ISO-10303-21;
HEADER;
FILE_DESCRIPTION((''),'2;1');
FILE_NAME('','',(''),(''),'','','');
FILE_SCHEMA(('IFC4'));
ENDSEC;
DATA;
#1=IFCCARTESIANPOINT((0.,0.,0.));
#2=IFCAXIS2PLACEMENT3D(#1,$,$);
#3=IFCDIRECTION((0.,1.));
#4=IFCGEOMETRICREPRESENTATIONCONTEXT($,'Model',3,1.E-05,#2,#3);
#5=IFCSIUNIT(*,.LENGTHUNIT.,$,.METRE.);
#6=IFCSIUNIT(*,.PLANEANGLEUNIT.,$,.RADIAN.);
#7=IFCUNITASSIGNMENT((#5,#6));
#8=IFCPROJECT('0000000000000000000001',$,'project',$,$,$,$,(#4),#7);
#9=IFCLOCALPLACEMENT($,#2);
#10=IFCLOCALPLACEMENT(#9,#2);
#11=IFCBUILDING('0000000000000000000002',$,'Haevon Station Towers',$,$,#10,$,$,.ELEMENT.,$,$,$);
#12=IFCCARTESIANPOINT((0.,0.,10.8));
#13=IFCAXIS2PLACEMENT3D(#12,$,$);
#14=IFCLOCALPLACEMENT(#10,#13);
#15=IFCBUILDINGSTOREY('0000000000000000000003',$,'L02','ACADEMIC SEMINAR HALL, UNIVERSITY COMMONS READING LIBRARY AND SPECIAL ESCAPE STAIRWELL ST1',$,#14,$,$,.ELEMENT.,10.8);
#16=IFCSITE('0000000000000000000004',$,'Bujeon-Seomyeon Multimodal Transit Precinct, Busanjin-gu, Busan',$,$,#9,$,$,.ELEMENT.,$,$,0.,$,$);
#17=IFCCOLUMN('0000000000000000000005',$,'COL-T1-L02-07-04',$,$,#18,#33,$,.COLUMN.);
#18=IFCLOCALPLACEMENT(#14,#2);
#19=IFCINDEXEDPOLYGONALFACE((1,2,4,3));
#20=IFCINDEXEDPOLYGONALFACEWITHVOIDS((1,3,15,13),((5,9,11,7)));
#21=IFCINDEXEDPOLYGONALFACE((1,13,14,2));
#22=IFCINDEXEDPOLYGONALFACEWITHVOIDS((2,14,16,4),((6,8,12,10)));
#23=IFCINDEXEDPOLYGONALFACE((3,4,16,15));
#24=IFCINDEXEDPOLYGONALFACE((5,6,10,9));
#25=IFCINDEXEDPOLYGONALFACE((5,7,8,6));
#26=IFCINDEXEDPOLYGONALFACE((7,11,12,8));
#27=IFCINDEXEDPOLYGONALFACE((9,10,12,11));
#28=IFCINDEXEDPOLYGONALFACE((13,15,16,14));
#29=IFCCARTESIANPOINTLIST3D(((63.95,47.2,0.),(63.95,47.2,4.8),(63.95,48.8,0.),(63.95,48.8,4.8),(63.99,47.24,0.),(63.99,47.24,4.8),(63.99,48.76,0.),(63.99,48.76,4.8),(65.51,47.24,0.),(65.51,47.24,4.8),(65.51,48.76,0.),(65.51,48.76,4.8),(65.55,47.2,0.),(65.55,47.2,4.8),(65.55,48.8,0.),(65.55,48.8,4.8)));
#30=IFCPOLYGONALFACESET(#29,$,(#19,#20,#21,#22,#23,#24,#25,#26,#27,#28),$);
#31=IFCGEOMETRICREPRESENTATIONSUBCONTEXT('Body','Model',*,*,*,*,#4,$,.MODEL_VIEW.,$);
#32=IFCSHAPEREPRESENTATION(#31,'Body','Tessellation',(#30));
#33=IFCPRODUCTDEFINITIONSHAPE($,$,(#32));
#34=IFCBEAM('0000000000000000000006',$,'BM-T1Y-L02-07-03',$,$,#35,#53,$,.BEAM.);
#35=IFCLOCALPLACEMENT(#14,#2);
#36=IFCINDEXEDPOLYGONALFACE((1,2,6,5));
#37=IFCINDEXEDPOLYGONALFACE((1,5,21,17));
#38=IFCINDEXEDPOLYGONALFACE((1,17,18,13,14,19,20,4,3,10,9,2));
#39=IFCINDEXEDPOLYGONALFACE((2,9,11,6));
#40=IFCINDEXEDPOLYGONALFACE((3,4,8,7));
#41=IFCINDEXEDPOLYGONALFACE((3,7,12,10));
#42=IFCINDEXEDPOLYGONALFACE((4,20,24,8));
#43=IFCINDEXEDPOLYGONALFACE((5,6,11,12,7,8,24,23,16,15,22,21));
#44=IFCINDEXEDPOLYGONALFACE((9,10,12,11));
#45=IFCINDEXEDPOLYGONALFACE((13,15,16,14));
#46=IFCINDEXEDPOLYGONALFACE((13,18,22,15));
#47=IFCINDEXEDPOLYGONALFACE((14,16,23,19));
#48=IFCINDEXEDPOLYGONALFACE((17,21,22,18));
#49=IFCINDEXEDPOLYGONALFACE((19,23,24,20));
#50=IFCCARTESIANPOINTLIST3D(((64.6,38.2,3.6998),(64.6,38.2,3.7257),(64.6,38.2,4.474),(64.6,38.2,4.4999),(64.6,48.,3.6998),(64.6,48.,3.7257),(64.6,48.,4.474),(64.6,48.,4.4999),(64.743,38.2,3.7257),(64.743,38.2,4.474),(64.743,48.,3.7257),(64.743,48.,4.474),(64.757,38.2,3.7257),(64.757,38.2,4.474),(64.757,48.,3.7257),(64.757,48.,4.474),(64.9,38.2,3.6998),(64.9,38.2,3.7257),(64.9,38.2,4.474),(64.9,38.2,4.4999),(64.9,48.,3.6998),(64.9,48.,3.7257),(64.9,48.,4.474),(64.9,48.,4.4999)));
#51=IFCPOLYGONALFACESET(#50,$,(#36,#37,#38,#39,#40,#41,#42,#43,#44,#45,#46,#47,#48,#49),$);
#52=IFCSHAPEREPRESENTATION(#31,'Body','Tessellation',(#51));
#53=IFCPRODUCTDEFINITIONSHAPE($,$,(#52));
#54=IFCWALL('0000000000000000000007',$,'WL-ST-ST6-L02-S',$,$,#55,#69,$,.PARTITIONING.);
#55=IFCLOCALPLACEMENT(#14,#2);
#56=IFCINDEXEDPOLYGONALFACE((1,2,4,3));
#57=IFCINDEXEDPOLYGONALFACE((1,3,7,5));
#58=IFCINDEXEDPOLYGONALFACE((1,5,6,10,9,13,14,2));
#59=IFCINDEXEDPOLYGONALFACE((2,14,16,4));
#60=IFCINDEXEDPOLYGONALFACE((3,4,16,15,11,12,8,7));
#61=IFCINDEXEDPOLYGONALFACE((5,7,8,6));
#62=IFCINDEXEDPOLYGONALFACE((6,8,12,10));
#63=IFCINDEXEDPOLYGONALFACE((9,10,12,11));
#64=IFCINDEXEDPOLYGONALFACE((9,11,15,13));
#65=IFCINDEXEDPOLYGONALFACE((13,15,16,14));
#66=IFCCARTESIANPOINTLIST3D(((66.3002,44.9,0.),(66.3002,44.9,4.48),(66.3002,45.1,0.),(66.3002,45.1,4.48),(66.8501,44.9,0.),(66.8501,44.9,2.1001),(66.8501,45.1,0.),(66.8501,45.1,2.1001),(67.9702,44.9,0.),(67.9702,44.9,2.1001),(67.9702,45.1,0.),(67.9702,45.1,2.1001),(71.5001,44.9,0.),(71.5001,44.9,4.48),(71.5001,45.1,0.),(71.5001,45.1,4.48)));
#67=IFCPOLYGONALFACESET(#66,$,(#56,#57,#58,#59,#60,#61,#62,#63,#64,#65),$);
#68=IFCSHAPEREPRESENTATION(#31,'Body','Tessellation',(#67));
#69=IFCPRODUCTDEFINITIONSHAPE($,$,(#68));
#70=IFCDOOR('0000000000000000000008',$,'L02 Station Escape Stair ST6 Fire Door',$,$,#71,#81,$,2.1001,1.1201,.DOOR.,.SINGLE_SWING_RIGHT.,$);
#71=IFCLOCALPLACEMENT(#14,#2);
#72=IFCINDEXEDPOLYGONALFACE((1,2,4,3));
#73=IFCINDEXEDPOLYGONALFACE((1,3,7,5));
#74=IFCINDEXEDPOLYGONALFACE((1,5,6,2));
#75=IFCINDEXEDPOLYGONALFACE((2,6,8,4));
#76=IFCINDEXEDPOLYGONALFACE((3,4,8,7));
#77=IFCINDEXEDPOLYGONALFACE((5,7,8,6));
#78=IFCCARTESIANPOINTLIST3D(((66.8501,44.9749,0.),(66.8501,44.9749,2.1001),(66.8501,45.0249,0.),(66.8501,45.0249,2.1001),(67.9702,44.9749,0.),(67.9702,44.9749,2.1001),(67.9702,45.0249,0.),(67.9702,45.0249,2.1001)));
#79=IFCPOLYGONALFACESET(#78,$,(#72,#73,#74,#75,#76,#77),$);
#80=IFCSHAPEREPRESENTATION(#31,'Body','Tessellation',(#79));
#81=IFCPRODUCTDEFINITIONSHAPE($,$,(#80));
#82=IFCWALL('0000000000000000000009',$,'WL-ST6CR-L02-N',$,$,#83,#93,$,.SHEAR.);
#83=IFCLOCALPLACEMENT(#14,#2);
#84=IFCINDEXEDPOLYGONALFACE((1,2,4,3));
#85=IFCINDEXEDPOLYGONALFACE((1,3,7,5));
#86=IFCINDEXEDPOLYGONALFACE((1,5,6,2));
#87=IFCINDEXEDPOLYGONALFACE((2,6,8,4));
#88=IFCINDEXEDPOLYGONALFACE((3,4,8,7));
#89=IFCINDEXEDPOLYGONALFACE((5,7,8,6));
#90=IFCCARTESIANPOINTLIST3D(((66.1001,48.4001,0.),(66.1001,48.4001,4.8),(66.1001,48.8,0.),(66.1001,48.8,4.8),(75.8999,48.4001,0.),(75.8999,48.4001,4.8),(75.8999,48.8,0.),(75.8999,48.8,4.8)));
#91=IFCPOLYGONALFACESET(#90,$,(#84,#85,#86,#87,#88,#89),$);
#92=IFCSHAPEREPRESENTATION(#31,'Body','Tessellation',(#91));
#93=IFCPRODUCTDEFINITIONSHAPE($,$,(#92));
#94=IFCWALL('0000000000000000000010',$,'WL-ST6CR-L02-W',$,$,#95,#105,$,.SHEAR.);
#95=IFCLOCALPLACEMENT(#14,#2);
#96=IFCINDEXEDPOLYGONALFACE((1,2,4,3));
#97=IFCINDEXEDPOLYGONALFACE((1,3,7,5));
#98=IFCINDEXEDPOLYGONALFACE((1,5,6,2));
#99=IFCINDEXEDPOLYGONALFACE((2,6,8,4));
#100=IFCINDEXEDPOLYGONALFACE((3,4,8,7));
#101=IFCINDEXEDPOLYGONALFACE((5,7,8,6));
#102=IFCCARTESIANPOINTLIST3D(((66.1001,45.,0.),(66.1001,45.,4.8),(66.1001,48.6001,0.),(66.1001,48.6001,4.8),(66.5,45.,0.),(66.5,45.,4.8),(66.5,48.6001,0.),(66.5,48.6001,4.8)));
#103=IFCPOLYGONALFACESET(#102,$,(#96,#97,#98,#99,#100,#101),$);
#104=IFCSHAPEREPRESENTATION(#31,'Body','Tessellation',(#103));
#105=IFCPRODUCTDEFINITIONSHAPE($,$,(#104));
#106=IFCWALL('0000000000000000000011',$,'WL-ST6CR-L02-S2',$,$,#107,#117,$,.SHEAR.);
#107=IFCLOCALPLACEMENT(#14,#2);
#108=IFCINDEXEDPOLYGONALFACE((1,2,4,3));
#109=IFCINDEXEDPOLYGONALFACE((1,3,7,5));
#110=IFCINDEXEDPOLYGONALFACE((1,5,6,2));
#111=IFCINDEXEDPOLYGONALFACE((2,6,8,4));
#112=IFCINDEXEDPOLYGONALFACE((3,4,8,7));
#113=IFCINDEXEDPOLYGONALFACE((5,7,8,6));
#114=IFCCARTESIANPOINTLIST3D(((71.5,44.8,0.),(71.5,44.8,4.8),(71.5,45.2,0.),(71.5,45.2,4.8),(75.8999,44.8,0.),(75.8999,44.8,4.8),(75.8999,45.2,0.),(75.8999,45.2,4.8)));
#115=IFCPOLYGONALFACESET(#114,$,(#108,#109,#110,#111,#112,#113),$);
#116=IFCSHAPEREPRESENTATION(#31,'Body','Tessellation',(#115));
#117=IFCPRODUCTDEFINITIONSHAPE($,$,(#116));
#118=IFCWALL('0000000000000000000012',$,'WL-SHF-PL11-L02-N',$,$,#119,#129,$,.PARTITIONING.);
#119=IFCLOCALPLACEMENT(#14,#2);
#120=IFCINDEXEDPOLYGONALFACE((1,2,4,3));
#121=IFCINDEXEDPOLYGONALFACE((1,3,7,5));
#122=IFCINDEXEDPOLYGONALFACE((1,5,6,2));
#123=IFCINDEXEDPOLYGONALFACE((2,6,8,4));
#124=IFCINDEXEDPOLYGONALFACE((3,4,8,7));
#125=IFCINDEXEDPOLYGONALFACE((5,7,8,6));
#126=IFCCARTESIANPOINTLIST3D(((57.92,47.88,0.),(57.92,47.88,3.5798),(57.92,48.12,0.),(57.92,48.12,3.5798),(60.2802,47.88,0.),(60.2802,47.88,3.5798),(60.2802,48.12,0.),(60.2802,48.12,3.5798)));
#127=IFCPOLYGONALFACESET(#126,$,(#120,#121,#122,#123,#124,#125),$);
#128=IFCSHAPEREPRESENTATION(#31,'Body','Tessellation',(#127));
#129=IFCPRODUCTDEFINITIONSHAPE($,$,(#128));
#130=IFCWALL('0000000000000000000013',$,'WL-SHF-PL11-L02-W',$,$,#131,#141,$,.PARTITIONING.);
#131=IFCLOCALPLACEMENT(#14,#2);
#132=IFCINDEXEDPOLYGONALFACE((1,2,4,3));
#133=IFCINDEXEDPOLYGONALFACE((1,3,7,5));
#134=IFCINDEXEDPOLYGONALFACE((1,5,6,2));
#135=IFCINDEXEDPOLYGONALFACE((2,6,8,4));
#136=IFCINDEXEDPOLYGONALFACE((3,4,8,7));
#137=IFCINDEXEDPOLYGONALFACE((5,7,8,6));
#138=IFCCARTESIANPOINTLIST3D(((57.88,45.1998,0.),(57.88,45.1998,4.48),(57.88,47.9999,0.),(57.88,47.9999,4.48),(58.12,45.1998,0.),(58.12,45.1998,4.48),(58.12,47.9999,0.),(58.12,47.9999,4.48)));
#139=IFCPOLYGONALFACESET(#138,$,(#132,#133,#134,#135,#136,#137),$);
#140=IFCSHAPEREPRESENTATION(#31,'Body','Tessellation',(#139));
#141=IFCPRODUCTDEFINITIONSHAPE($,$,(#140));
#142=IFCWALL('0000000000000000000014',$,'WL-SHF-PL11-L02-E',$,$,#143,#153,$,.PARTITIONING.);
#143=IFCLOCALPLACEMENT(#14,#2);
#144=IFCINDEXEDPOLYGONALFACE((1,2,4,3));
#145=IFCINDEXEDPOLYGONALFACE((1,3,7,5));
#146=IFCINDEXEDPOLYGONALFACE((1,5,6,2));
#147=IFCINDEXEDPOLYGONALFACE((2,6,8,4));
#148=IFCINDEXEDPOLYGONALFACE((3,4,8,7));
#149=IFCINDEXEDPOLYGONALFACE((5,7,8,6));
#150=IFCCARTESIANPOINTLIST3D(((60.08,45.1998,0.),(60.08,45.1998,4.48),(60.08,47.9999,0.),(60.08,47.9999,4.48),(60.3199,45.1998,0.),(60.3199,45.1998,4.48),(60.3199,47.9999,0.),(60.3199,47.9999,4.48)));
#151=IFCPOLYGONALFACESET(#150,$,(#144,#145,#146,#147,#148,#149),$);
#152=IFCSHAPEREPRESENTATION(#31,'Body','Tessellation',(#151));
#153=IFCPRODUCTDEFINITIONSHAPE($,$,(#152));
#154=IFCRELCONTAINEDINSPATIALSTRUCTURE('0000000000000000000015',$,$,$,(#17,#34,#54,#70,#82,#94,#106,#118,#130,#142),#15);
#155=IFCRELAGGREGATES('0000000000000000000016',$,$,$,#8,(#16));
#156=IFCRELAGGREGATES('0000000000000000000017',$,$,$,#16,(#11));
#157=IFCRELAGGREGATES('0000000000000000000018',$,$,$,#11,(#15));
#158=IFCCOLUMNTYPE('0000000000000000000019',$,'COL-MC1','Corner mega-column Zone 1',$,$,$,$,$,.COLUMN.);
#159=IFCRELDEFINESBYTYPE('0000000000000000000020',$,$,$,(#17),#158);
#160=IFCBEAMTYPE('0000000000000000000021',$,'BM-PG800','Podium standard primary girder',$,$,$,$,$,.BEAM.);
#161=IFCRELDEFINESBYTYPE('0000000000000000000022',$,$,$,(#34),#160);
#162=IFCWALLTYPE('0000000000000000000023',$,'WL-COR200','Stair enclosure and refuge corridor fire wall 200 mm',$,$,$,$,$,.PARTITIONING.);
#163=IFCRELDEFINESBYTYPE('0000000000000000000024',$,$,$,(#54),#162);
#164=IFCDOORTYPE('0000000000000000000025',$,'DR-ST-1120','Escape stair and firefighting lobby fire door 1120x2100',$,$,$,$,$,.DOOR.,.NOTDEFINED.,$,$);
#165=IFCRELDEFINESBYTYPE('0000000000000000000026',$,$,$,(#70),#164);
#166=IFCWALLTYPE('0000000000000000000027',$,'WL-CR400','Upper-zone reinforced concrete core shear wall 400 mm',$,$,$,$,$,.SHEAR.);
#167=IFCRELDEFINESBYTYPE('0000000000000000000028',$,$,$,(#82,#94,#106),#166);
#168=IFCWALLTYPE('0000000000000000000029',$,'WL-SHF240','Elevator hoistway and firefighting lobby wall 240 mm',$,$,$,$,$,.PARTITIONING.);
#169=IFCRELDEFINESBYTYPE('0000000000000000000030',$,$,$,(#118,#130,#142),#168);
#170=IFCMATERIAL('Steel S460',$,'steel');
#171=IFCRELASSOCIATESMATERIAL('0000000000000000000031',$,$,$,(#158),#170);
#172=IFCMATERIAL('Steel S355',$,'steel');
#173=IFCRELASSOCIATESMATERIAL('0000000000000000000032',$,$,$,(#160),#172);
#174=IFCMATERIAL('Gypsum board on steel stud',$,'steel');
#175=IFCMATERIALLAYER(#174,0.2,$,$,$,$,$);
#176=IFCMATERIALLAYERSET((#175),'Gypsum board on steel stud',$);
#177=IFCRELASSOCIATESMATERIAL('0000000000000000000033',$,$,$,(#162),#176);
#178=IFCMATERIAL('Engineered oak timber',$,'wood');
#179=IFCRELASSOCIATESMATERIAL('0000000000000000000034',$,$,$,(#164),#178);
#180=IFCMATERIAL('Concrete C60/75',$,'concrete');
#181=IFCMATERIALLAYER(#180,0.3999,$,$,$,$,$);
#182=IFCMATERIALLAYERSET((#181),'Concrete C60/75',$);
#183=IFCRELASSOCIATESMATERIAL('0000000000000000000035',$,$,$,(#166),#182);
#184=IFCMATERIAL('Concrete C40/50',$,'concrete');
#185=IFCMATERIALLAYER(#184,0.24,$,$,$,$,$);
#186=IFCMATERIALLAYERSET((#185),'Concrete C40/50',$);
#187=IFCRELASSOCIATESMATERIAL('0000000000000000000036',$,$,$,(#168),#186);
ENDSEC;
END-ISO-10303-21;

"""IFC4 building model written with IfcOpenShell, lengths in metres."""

from ifc_helpers import new_model, si_unit, direction, frame, frame_2d, origin, origin_2d, place, context, subcontext, project, spatial, rectangle, hollow_rectangle, i_section, extrude, material, layer, layer_set, material_profile, profile_set, type_object, element, fill, save


model = new_model("IFC4")

# Units and contexts
model_context = context("Model", 3, precision=1e-05, world=origin(), true_north=direction((0.0, 1.0)))
body_context = subcontext(model_context, "Body", "Model", "MODEL_VIEW")
ifc_project = project(units=[si_unit("LENGTHUNIT", "METRE"), si_unit("PLANEANGLEUNIT", "RADIAN")], contexts=[model_context])

# Site, building, storey
site_placement = place(None, origin())
site = spatial("IfcSite", under=ifc_project, at=site_placement, Name="Bujeon-Seomyeon Multimodal Transit Precinct, Busanjin-gu, Busan", CompositionType="ELEMENT", RefElevation=0.0)
building_placement = place(site_placement, origin())
building = spatial("IfcBuilding", under=site, at=building_placement, Name="Haevon Station Towers", CompositionType="ELEMENT")
storey_placement = place(building_placement, frame((0.0, 0.0, 10.8)))
storey = spatial("IfcBuildingStorey", under=building, at=storey_placement, Name="L02", Description="ACADEMIC SEMINAR HALL, UNIVERSITY COMMONS READING LIBRARY AND SPECIAL ESCAPE STAIRWELL ST1", CompositionType="ELEMENT", Elevation=10.8)

# Column
ifc_material_1 = material(Name="Steel S460", Category="steel")
ifc_material_profile_1 = material_profile(ifc_material_1, hollow_rectangle(XDim=1.6001, YDim=1.6001, WallThickness=0.04, at=origin_2d()), Name="BOX-1600x1600x40")
ifc_profile_set_1 = profile_set([ifc_material_profile_1], Name="Steel S460")
column_type = type_object("IfcColumnType", Name="COL-MC1", Description="Corner mega-column Zone 1", PredefinedType="COLUMN", material=ifc_profile_set_1)
column_placement = place(storey_placement, frame((64.75, 48.0, 0.0), z_axis=(0.0, 0.0, 1.0), x_axis=(1.0, 0.0, 0.0)))
element("IfcColumn", 1, at=column_placement, inside=storey, type_object=column_type, Name="COL-T1-L02-07-04", PredefinedType="COLUMN", context=body_context, shape_type="SweptSolid", body=[
    extrude(hollow_rectangle(XDim=1.6001, YDim=1.6001, WallThickness=0.04, at=origin_2d()), origin(), (0.0, 0.0, 1.0), 4.8),
])

# Beam
ifc_material_2 = material(Name="Steel S355", Category="steel")
ifc_material_profile_2 = material_profile(ifc_material_2, i_section(OverallWidth=0.3, OverallDepth=0.8, WebThickness=0.0139, FlangeThickness=0.0259, at=origin_2d()), Name="H-800x300x14x26")
ifc_profile_set_2 = profile_set([ifc_material_profile_2], Name="Steel S355")
beam_type = type_object("IfcBeamType", Name="BM-PG800", Description="Podium standard primary girder", PredefinedType="BEAM", material=ifc_profile_set_2)
beam_placement = place(storey_placement, frame((64.75, 38.2, 4.0999), z_axis=(0.0, 1.0, 0.0), x_axis=(-1.0, 0.0, 0.0)))
element("IfcBeam", 2, at=beam_placement, inside=storey, type_object=beam_type, Name="BM-T1Y-L02-07-03", PredefinedType="BEAM", context=body_context, shape_type="SweptSolid", body=[
    extrude(i_section(OverallWidth=0.3, OverallDepth=0.8, WebThickness=0.0139, FlangeThickness=0.0259, at=origin_2d()), origin(), (0.0, 0.0, 1.0), 9.8),
])

# Wall, opening, door
ifc_material_3 = material(Name="Gypsum board on steel stud", Category="steel")
ifc_layer_1 = layer(ifc_material_3, 0.2)
ifc_layer_set_1 = layer_set([ifc_layer_1], Name="Gypsum board on steel stud")
wall_type_1 = type_object("IfcWallType", Name="WL-COR200", Description="Stair enclosure and refuge corridor fire wall 200 mm", PredefinedType="PARTITIONING", material=ifc_layer_set_1)
wall_1_placement = place(storey_placement, frame((66.3, 45.0, 0.0), z_axis=(0.0, 0.0, 1.0), x_axis=(1.0, 0.0, 0.0)))
wall_1 = element("IfcWall", 3, at=wall_1_placement, inside=storey, type_object=wall_type_1, Name="WL-ST-ST6-L02-S", PredefinedType="PARTITIONING", context=body_context, shape_type="SweptSolid", body=[
    extrude(rectangle(XDim=5.2, YDim=0.2, at=frame_2d((2.6001, 0.0))), origin(), (0.0, 0.0, 1.0), 4.48),
])
opening_1_placement = place(wall_1_placement, frame((0.55, 0.0, 0.0)))
opening_1 = element("IfcOpeningElement", 4, at=opening_1_placement, cuts=wall_1, PredefinedType="OPENING", context=body_context, shape_type="SweptSolid", body=[
    extrude(rectangle(XDim=1.1201, YDim=2.1001, at=frame_2d((0.5601, 1.05))), frame((0.0, 0.1099, 0.0), z_axis=(0.0, -1.0, 0.0), x_axis=(1.0, 0.0, 0.0)), (0.0, 0.0, 1.0), 0.22),
])
ifc_material_4 = material(Name="Engineered oak timber", Category="wood")
door_type_1 = type_object("IfcDoorType", Name="DR-ST-1120", Description="Escape stair and firefighting lobby fire door 1120x2100", OperationType="NOTDEFINED", PredefinedType="DOOR", material=ifc_material_4)
door_1_placement = place(opening_1_placement, origin())
door_1 = element("IfcDoor", 5, at=door_1_placement, inside=storey, type_object=door_type_1, Name="L02 Station Escape Stair ST6 Fire Door", OperationType="SINGLE_SWING_RIGHT", OverallHeight=2.1001, OverallWidth=1.1201, PredefinedType="DOOR", context=body_context, shape_type="SweptSolid", body=[
    extrude(rectangle(XDim=1.1201, YDim=2.1001, at=frame_2d((0.5601, 1.05))), frame((0.0, 0.0249, 0.0), z_axis=(0.0, -1.0, 0.0), x_axis=(1.0, 0.0, 0.0)), (0.0, 0.0, 1.0), 0.05),
])
fill(opening_1, door_1)

# Walls
ifc_material_5 = material(Name="Concrete C60/75", Category="concrete")
ifc_layer_2 = layer(ifc_material_5, 0.3999)
ifc_layer_set_2 = layer_set([ifc_layer_2], Name="Concrete C60/75")
wall_type_2 = type_object("IfcWallType", Name="WL-CR400", Description="Upper-zone reinforced concrete core shear wall 400 mm", PredefinedType="SHEAR", material=ifc_layer_set_2)
wall_2_placement = place(storey_placement, frame((66.1001, 48.6001, 0.0), z_axis=(0.0, 0.0, 1.0), x_axis=(1.0, 0.0, 0.0)))
element("IfcWall", 6, at=wall_2_placement, inside=storey, type_object=wall_type_2, Name="WL-ST6CR-L02-N", PredefinedType="SHEAR", context=body_context, shape_type="SweptSolid", body=[
    extrude(rectangle(XDim=9.7998, YDim=0.3999, at=frame_2d((4.8999, 0.0))), origin(), (0.0, 0.0, 1.0), 4.8),
])
wall_3_placement = place(storey_placement, frame((66.3, 45.0, 0.0), z_axis=(0.0, 0.0, 1.0), x_axis=(0.0, 1.0, 0.0)))
element("IfcWall", 7, at=wall_3_placement, inside=storey, type_object=wall_type_2, Name="WL-ST6CR-L02-W", PredefinedType="SHEAR", context=body_context, shape_type="SweptSolid", body=[
    extrude(rectangle(XDim=3.6001, YDim=0.3999, at=frame_2d((1.8, 0.0))), origin(), (0.0, 0.0, 1.0), 4.8),
])
wall_4_placement = place(storey_placement, frame((71.5, 45.0, 0.0), z_axis=(0.0, 0.0, 1.0), x_axis=(1.0, 0.0, 0.0)))
element("IfcWall", 8, at=wall_4_placement, inside=storey, type_object=wall_type_2, Name="WL-ST6CR-L02-S2", PredefinedType="SHEAR", context=body_context, shape_type="SweptSolid", body=[
    extrude(rectangle(XDim=4.3999, YDim=0.3999, at=frame_2d((2.2, 0.0))), origin(), (0.0, 0.0, 1.0), 4.8),
])

# Shared definitions
ifc_material_6 = material(Name="Concrete C40/50", Category="concrete")
ifc_layer_3 = layer(ifc_material_6, 0.24)
ifc_layer_set_3 = layer_set([ifc_layer_3], Name="Concrete C40/50")
wall_type_3 = type_object("IfcWallType", Name="WL-SHF240", Description="Elevator hoistway and firefighting lobby wall 240 mm", PredefinedType="PARTITIONING", material=ifc_layer_set_3)

# Walls
wall_5_placement = place(storey_placement, frame((57.9199, 48.0, 0.0), z_axis=(0.0, 0.0, 1.0), x_axis=(1.0, 0.0, 0.0)))
element("IfcWall", 9, at=wall_5_placement, inside=storey, type_object=wall_type_3, Name="WL-SHF-PL11-L02-N", PredefinedType="PARTITIONING", context=body_context, shape_type="SweptSolid", body=[
    extrude(rectangle(XDim=2.3601, YDim=0.24, at=frame_2d((1.1802, 0.0))), origin(), (0.0, 0.0, 1.0), 3.5798),
])
for number, where, z_axis, x_axis, name in (
    (10, (58.0, 45.2, 0.0), (0.0, 0.0, 1.0), (0.0, 1.0, 0.0), "WL-SHF-PL11-L02-W"),
    (11, (60.2, 45.2, 0.0), (0.0, 0.0, 1.0), (0.0, 1.0, 0.0), "WL-SHF-PL11-L02-E"),
):
    element("IfcWall", number, at=place(storey_placement, frame(where, z_axis=z_axis, x_axis=x_axis)), inside=storey, type_object=wall_type_3, Name=name, PredefinedType="PARTITIONING", context=body_context, shape_type="SweptSolid", body=[
        extrude(rectangle(XDim=2.8, YDim=0.24, at=frame_2d((1.3999, 0.0))), origin(), (0.0, 0.0, 1.0), 4.48),
    ])

save(model, "model.ifc")
